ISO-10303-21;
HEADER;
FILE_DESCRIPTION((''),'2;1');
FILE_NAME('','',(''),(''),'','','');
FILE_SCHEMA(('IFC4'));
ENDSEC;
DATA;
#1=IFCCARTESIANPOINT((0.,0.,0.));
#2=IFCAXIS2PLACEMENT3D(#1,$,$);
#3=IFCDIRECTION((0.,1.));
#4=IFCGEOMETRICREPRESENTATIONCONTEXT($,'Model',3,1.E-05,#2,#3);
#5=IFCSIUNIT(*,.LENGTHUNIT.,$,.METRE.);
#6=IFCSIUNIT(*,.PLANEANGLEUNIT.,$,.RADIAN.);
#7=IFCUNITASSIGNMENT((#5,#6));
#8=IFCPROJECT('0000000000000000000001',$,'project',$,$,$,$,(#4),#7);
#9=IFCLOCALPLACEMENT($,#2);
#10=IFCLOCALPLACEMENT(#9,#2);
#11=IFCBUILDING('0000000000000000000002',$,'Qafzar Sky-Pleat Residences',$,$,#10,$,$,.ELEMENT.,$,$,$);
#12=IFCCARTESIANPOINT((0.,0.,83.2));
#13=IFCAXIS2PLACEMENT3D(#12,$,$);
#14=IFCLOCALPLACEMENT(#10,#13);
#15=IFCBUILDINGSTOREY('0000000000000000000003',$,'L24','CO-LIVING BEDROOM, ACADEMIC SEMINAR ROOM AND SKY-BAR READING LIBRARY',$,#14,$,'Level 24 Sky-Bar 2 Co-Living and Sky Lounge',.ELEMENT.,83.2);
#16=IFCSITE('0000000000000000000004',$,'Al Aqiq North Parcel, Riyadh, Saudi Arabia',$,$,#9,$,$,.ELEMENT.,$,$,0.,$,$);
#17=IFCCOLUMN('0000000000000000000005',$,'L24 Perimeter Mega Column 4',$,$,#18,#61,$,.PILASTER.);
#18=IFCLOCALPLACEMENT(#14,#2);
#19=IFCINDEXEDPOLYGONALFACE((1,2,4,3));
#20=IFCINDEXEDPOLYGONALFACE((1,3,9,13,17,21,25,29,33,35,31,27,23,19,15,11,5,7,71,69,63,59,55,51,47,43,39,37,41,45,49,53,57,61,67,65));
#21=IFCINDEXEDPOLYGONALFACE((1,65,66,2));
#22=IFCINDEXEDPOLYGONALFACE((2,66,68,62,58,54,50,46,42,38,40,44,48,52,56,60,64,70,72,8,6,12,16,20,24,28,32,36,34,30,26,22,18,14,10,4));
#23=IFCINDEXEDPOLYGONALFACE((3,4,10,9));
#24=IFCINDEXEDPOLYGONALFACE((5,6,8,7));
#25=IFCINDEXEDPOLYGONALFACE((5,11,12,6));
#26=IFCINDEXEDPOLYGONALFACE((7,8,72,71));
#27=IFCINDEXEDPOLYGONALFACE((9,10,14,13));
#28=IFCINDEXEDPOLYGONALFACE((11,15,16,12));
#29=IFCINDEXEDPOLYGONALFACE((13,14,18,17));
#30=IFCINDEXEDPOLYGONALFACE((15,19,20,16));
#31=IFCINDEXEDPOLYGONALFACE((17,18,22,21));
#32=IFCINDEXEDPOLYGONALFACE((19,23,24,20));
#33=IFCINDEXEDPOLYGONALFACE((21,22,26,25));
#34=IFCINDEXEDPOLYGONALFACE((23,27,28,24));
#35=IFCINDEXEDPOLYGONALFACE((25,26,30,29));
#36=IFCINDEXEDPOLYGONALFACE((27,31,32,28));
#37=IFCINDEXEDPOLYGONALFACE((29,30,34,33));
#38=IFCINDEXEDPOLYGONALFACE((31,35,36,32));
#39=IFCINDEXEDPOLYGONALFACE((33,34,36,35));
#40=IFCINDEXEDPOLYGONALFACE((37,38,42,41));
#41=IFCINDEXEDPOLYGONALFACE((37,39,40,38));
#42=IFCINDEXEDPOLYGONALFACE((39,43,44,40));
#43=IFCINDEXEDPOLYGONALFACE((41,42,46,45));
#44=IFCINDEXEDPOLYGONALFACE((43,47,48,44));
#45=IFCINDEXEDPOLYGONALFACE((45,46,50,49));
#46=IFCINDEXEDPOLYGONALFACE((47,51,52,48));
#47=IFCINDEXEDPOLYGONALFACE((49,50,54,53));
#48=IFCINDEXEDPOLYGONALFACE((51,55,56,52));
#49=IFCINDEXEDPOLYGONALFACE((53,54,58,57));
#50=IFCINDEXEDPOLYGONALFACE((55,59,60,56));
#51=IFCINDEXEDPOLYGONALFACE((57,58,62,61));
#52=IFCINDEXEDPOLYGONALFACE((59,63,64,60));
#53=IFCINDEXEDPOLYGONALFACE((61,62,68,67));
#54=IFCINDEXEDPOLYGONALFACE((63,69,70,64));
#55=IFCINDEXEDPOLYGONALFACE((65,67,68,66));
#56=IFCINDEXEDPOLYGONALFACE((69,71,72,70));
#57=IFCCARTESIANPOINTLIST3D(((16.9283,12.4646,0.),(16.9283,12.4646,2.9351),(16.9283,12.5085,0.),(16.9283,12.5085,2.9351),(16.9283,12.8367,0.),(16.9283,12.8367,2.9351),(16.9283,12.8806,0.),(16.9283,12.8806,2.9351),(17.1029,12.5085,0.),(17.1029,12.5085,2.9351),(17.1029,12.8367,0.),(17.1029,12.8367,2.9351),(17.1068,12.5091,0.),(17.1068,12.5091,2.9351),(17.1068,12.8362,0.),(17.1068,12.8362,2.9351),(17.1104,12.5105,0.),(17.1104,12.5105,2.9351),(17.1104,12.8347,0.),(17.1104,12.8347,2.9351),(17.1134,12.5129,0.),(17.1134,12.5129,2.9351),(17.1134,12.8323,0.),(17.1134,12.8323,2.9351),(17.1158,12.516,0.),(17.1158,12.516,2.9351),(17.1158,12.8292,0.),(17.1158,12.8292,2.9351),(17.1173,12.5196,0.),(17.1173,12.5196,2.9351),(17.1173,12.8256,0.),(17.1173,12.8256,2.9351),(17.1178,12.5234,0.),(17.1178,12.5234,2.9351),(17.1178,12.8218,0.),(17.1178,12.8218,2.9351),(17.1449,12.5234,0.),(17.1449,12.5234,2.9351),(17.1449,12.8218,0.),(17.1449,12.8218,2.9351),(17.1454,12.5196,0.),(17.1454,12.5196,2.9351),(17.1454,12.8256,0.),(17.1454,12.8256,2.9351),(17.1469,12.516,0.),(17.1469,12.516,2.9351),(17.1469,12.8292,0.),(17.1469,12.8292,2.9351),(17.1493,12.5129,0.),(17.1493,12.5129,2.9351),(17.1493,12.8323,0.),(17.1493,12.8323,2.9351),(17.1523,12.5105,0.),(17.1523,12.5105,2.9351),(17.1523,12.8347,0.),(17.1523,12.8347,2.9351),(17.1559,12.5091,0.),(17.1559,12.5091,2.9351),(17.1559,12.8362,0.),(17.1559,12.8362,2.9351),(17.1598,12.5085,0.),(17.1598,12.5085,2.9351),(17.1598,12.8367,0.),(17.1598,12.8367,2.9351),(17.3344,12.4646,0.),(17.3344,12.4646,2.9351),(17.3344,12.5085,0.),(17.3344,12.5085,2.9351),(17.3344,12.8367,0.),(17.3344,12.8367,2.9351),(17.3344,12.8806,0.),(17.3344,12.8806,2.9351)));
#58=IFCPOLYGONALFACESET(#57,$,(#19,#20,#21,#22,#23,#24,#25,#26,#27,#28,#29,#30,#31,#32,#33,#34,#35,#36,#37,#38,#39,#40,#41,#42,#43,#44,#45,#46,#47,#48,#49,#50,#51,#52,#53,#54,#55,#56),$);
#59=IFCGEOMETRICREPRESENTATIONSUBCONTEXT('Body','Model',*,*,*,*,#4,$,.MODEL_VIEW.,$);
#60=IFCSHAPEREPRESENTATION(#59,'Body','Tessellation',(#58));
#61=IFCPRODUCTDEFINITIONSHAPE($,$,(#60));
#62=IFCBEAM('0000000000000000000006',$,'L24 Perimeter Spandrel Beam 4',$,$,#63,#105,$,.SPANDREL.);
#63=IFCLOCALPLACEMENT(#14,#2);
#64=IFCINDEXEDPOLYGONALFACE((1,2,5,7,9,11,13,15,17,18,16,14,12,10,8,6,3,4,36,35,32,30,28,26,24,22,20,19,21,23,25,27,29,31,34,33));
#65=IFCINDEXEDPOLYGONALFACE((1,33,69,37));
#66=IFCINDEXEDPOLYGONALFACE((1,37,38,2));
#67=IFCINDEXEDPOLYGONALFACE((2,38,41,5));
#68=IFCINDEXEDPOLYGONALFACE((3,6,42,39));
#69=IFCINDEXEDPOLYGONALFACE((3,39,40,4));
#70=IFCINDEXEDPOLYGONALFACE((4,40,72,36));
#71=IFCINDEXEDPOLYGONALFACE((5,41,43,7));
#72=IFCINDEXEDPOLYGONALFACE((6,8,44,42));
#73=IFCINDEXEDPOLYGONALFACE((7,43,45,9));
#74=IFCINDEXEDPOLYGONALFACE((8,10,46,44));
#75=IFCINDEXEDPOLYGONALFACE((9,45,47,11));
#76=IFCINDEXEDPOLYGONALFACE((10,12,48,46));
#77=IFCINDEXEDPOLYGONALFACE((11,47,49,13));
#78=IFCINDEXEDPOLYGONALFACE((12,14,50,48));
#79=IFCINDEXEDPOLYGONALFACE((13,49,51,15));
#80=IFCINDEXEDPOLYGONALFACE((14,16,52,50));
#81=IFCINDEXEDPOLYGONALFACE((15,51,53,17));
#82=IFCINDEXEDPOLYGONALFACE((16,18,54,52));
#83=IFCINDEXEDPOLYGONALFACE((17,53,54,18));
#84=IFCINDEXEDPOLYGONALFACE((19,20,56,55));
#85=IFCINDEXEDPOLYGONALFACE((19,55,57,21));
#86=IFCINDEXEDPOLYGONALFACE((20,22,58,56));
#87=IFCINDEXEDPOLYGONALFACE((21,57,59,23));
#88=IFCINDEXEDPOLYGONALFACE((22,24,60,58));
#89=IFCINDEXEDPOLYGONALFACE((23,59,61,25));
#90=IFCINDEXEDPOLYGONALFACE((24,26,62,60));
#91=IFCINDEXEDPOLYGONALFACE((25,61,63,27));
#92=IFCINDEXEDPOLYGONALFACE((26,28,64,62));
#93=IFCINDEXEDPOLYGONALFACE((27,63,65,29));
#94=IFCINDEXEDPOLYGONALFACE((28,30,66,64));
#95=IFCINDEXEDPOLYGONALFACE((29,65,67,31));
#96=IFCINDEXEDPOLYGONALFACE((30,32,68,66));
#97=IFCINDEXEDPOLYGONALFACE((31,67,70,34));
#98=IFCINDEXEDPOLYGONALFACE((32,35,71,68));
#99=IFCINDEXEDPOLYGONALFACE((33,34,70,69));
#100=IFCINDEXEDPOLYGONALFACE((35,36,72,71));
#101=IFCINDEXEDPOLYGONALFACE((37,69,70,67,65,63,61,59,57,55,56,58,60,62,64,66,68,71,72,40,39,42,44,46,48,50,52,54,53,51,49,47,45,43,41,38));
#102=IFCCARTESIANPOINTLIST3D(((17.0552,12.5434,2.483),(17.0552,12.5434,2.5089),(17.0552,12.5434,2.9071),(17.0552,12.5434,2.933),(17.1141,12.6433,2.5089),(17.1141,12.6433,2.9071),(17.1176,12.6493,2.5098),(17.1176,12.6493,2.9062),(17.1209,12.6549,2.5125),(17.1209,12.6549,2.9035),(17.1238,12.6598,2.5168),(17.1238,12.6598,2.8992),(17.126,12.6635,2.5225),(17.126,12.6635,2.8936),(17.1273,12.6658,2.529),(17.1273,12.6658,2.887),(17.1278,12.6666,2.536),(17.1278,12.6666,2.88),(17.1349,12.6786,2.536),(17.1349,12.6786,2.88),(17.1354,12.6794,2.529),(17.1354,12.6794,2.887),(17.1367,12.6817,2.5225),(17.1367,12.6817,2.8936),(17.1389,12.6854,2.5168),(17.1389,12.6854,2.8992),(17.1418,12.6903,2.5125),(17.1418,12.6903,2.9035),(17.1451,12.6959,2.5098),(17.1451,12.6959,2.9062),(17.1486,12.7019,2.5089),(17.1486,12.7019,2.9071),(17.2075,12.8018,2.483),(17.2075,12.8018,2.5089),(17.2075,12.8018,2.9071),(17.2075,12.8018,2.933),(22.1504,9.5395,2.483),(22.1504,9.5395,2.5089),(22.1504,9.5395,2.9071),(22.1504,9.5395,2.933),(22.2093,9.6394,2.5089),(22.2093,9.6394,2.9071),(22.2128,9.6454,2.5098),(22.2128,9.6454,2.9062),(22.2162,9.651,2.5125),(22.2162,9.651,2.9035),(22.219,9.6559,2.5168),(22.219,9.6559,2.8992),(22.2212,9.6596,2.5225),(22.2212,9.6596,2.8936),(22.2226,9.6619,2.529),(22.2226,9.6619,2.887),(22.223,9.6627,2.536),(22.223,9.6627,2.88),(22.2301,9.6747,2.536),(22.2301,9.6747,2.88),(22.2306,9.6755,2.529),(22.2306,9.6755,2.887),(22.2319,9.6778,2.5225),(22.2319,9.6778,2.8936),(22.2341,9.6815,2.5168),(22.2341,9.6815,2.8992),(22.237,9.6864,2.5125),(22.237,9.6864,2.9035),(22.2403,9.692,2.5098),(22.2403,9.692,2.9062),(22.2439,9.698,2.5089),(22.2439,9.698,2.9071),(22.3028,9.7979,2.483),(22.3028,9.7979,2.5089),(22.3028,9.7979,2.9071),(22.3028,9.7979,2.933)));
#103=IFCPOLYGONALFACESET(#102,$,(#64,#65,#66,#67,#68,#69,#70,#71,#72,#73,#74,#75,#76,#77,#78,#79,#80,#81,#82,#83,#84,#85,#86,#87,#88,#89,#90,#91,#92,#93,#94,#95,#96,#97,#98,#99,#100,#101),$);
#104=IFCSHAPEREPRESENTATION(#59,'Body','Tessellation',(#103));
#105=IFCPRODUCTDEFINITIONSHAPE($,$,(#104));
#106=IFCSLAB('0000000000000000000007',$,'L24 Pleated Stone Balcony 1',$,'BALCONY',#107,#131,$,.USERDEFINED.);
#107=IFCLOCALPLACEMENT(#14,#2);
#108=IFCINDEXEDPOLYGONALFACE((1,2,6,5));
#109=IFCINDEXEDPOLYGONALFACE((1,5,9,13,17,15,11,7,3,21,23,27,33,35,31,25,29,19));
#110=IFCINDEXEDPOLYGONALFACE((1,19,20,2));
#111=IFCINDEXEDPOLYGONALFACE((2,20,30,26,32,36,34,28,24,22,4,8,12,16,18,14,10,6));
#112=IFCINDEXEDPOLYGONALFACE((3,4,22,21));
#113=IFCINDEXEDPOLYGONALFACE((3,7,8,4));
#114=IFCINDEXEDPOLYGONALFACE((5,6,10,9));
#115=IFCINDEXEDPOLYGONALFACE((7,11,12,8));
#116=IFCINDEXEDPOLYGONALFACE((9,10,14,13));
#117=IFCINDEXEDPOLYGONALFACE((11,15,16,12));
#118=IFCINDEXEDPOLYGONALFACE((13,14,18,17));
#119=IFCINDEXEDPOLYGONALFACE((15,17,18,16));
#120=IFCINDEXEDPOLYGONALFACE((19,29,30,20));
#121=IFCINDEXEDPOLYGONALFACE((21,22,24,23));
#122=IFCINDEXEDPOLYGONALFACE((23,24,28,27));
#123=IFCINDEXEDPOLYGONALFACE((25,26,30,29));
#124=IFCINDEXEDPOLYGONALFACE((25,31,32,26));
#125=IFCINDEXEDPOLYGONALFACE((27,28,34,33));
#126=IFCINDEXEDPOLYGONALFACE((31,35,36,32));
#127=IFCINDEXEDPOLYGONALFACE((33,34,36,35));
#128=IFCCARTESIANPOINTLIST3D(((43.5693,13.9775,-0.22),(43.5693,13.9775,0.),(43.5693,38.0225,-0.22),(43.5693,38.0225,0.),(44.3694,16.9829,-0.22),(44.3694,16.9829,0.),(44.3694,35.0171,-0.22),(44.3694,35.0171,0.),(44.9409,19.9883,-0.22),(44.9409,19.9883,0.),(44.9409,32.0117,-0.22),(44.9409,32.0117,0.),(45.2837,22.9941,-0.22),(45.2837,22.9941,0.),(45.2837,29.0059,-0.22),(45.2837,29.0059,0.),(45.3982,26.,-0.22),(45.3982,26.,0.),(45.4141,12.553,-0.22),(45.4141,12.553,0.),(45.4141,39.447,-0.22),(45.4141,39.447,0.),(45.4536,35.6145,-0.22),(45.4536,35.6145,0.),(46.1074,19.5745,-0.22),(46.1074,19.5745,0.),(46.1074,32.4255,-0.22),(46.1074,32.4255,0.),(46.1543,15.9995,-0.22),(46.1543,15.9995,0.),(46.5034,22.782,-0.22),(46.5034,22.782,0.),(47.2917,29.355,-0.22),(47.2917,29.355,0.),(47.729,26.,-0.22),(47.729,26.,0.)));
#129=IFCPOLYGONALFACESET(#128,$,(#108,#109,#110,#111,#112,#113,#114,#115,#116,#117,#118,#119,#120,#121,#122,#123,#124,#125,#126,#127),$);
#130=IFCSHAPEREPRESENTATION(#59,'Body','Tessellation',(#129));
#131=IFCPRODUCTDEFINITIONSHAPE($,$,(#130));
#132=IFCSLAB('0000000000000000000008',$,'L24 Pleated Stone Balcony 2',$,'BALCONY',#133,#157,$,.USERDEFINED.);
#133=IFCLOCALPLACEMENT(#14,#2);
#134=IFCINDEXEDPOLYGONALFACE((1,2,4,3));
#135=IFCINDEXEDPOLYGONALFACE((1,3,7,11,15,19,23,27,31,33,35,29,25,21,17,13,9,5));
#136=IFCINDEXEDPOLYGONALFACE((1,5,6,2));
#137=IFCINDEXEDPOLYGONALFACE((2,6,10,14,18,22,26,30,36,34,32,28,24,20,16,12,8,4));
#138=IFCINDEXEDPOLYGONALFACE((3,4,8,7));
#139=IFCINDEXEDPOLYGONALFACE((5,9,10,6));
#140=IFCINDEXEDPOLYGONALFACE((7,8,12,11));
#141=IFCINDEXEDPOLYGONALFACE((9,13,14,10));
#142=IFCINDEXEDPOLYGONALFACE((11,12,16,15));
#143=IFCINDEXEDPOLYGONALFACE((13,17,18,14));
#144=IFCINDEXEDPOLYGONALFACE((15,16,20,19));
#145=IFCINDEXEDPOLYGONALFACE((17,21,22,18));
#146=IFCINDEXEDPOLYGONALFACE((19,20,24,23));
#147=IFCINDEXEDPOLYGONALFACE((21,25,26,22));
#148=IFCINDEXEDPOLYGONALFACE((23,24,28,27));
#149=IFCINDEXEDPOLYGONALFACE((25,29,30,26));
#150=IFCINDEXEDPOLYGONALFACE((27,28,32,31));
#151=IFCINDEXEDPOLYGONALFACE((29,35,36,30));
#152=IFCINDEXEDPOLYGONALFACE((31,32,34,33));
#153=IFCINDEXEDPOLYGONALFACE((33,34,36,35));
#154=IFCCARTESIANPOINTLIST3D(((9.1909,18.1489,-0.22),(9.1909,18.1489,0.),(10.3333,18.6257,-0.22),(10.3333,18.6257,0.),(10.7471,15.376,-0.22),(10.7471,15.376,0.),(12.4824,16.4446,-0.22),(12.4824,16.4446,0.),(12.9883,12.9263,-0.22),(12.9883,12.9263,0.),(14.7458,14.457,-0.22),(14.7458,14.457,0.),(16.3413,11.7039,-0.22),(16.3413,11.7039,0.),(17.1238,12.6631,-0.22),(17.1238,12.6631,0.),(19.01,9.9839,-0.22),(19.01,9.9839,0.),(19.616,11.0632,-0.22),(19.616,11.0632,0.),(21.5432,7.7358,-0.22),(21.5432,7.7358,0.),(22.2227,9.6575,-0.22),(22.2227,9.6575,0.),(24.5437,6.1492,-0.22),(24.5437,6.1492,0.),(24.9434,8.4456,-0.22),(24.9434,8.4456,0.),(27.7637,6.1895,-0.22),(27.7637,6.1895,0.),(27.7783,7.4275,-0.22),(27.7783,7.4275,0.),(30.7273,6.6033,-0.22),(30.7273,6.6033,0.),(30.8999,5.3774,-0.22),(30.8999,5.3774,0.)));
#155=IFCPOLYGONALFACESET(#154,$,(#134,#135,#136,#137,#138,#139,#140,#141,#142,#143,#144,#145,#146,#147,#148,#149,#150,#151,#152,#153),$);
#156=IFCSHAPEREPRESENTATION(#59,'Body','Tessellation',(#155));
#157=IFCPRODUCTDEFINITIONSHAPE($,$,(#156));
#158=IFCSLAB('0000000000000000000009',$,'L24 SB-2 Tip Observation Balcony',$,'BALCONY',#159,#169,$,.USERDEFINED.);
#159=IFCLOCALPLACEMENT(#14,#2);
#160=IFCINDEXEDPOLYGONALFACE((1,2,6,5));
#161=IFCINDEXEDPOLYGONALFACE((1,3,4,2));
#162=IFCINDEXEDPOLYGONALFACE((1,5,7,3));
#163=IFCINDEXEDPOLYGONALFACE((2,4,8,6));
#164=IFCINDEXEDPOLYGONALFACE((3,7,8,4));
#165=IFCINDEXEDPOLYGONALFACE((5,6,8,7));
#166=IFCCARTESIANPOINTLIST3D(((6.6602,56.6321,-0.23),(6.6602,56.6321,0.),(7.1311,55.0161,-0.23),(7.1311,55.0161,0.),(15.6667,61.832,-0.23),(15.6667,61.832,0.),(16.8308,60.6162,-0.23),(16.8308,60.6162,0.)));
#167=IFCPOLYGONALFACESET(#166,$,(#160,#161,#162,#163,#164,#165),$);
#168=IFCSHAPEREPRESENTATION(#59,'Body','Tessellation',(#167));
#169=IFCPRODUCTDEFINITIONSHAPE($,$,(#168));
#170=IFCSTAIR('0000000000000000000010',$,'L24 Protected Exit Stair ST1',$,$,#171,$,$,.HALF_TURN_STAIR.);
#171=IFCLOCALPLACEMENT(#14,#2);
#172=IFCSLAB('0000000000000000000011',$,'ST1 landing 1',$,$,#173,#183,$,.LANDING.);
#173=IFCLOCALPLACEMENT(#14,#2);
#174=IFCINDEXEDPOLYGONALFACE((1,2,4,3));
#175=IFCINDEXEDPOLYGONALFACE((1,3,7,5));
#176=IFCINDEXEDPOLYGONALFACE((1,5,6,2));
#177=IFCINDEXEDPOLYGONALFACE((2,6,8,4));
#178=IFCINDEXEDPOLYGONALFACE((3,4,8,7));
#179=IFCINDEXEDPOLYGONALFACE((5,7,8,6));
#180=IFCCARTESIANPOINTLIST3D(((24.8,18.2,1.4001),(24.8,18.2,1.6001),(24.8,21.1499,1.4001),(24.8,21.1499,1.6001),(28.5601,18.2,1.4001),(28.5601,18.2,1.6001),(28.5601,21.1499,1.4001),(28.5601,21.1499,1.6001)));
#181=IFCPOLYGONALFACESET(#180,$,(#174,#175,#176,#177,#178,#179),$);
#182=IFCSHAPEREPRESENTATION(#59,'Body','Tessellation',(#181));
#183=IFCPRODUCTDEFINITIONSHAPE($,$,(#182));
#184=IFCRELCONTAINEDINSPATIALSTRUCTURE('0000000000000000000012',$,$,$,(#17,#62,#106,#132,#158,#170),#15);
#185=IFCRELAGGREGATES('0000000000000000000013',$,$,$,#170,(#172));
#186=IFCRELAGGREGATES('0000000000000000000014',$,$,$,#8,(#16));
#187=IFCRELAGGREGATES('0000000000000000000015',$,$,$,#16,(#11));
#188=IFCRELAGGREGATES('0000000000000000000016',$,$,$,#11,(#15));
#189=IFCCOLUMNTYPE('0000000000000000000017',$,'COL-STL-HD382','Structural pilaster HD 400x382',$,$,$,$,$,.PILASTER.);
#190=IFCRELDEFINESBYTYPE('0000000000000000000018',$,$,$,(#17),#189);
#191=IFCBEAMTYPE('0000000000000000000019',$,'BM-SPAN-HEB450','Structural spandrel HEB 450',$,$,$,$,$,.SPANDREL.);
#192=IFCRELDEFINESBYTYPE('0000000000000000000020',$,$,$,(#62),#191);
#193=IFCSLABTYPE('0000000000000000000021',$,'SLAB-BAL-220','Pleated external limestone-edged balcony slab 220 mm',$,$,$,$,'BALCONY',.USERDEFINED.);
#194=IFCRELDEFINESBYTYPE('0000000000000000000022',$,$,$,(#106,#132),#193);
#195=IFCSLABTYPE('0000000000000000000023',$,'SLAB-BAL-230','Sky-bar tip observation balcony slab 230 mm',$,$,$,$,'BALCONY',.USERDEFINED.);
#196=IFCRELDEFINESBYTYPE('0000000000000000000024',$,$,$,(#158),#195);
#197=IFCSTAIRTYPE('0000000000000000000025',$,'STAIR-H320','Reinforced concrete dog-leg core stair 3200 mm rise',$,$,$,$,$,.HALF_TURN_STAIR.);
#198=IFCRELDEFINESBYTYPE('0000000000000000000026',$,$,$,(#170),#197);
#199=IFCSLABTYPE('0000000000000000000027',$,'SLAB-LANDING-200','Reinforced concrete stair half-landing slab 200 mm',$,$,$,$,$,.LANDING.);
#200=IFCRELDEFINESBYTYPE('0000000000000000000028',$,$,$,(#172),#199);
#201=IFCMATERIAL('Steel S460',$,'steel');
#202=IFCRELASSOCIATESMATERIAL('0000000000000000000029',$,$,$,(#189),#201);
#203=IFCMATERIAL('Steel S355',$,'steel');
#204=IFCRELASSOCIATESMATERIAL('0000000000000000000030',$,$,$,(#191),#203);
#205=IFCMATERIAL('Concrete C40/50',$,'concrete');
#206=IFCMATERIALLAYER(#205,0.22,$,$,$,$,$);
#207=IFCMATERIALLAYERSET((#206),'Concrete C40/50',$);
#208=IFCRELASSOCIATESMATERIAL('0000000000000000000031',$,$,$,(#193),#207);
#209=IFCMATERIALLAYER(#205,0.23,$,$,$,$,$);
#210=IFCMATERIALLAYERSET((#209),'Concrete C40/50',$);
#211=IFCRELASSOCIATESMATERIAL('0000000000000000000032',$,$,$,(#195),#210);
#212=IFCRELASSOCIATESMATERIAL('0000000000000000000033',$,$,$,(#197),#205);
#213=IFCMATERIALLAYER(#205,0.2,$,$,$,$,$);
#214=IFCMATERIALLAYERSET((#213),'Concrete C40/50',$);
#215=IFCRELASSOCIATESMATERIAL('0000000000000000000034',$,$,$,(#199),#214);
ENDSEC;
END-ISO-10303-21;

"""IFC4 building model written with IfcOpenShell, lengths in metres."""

from ifc_helpers import new_model, si_unit, direction, frame, origin, origin_2d, place, context, subcontext, project, spatial, polyline, i_section, outline, extrude, source, transform, mapped, material, layer, layer_set, material_profile, profile_set, type_object, element, aggregate, save


model = new_model("IFC4")

# Units and contexts
model_context = context("Model", 3, precision=1e-05, world=origin(), true_north=direction((0.0, 1.0)))
body_context = subcontext(model_context, "Body", "Model", "MODEL_VIEW")
ifc_project = project(units=[si_unit("LENGTHUNIT", "METRE"), si_unit("PLANEANGLEUNIT", "RADIAN")], contexts=[model_context])

# Site, building, storey
site_placement = place(None, origin())
site = spatial("IfcSite", under=ifc_project, at=site_placement, Name="Al Aqiq North Parcel, Riyadh, Saudi Arabia", CompositionType="ELEMENT", RefElevation=0.0)
building_placement = place(site_placement, origin())
building = spatial("IfcBuilding", under=site, at=building_placement, Name="Qafzar Sky-Pleat Residences", CompositionType="ELEMENT")
storey_placement = place(building_placement, frame((0.0, 0.0, 83.2)))
storey = spatial("IfcBuildingStorey", under=building, at=storey_placement, Name="L24", Description="CO-LIVING BEDROOM, ACADEMIC SEMINAR ROOM AND SKY-BAR READING LIBRARY", LongName="Level 24 Sky-Bar 2 Co-Living and Sky Lounge", CompositionType="ELEMENT", Elevation=83.2)

# Column
ifc_material_1 = material(Name="Steel S460", Category="steel")
ifc_material_profile_1 = material_profile(ifc_material_1, i_section(OverallWidth=0.406, OverallDepth=0.416, WebThickness=0.0271, FlangeThickness=0.0439, FilletRadius=0.0149, at=origin_2d()), Name="HD 400x382")
ifc_profile_set_1 = profile_set([ifc_material_profile_1], Name="Steel S460")
column_type = type_object("IfcColumnType", Name="COL-STL-HD382", Description="Structural pilaster HD 400x382", PredefinedType="PILASTER", material=ifc_profile_set_1)
shared_shape_1 = source(origin(), body_context, "Body", "SweptSolid", [
    extrude(i_section(OverallWidth=0.406, OverallDepth=0.416, WebThickness=0.0271, FlangeThickness=0.0439, FilletRadius=0.0149, at=origin_2d()), origin(), (0.0, 0.0, 1.0), 2.9351),
])
column_placement = place(storey_placement, frame((17.1313, 12.6726, 0.0), z_axis=(0.0, 0.0, 1.0), x_axis=(1.0, 0.0, 0.0)))
element("IfcColumn", 1, at=column_placement, inside=storey, type_object=column_type, Name="L24 Perimeter Mega Column 4", PredefinedType="PILASTER", context=body_context, shape_type="MappedRepresentation", body=[
    mapped(shared_shape_1, transform((0.0, 0.0, 0.0), x_axis=(1.0, 0.0, 0.0), y_axis=(0.0, 1.0, 0.0), z_axis=(0.0, 0.0, 1.0), scale=1.0)),
])

# Beam
ifc_material_2 = material(Name="Steel S355", Category="steel")
ifc_material_profile_2 = material_profile(ifc_material_2, i_section(OverallWidth=0.3, OverallDepth=0.45, WebThickness=0.0139, FlangeThickness=0.0259, FilletRadius=0.0271, at=origin_2d()), Name="HEB 450")
ifc_profile_set_2 = profile_set([ifc_material_profile_2], Name="Steel S355")
beam_type = type_object("IfcBeamType", Name="BM-SPAN-HEB450", Description="Structural spandrel HEB 450", PredefinedType="SPANDREL", material=ifc_profile_set_2)
shared_shape_2 = source(origin(), body_context, "Body", "SweptSolid", [
    extrude(i_section(OverallWidth=0.3, OverallDepth=0.45, WebThickness=0.0139, FlangeThickness=0.0259, FilletRadius=0.0271, at=origin_2d()), origin(), (0.0, 0.0, 1.0), 5.9148),
])
beam_placement = place(storey_placement, frame((17.1313, 12.6726, 2.708), z_axis=(0.861437, -0.507864, 0.0), x_axis=(0.507864, 0.861437, 0.0)))
element("IfcBeam", 2, at=beam_placement, inside=storey, type_object=beam_type, Name="L24 Perimeter Spandrel Beam 4", PredefinedType="SPANDREL", context=body_context, shape_type="MappedRepresentation", body=[
    mapped(shared_shape_2, transform((0.0, 0.0, 0.0), x_axis=(1.0, 0.0, 0.0), y_axis=(0.0, 1.0, 0.0), z_axis=(0.0, 0.0, 1.0), scale=1.0)),
])

# Slabs
ifc_material_3 = material(Name="Concrete C40/50", Category="concrete")
ifc_layer_1 = layer(ifc_material_3, 0.22)
ifc_layer_set_1 = layer_set([ifc_layer_1], Name="Concrete C40/50")
slab_type_1 = type_object("IfcSlabType", Name="SLAB-BAL-220", Description="Pleated external limestone-edged balcony slab 220 mm", ElementType="BALCONY", PredefinedType="USERDEFINED", material=ifc_layer_set_1)
slab_1_placement = place(storey_placement, frame((0.0, 0.0, -0.22)))
element("IfcSlab", 3, at=slab_1_placement, inside=storey, type_object=slab_type_1, Name="L24 Pleated Stone Balcony 1", ObjectType="BALCONY", PredefinedType="USERDEFINED", context=body_context, shape_type="SweptSolid", body=[
    extrude(outline(polyline([(44.3694, 16.9829), (44.9409, 19.9883), (45.2837, 22.9941), (45.3982, 26.0), (45.2837, 29.0059), (44.9409, 32.0117), (44.3694, 35.0171), (43.5693, 38.0225), (45.4141, 39.447), (45.4536, 35.6145), (46.1074, 32.4255), (47.2917, 29.355), (47.729, 26.0), (46.5034, 22.782), (46.1074, 19.5745), (46.1543, 15.9995), (45.4141, 12.553), (43.5693, 13.9775), (44.3694, 16.9829)])), origin(), (0.0, 0.0, 1.0), 0.22),
])
slab_2_placement = place(storey_placement, frame((0.0, 0.0, -0.22)))
element("IfcSlab", 4, at=slab_2_placement, inside=storey, type_object=slab_type_1, Name="L24 Pleated Stone Balcony 2", ObjectType="BALCONY", PredefinedType="USERDEFINED", context=body_context, shape_type="SweptSolid", body=[
    extrude(outline(polyline([(12.4824, 16.4446), (14.7458, 14.457), (17.1238, 12.6631), (19.616, 11.0632), (22.2227, 9.6575), (24.9434, 8.4456), (27.7783, 7.4275), (30.7273, 6.6033), (30.8999, 5.3774), (27.7637, 6.1895), (24.5437, 6.1492), (21.5432, 7.7358), (19.01, 9.9839), (16.3413, 11.7039), (12.9883, 12.9263), (10.7471, 15.376), (9.1909, 18.1489), (10.3333, 18.6257), (12.4824, 16.4446)])), origin(), (0.0, 0.0, 1.0), 0.22),
])
ifc_layer_2 = layer(ifc_material_3, 0.23)
ifc_layer_set_2 = layer_set([ifc_layer_2], Name="Concrete C40/50")
slab_type_2 = type_object("IfcSlabType", Name="SLAB-BAL-230", Description="Sky-bar tip observation balcony slab 230 mm", ElementType="BALCONY", PredefinedType="USERDEFINED", material=ifc_layer_set_2)
slab_3_placement = place(storey_placement, frame((0.0, 0.0, -0.23)))
element("IfcSlab", 5, at=slab_3_placement, inside=storey, type_object=slab_type_2, Name="L24 SB-2 Tip Observation Balcony", ObjectType="BALCONY", PredefinedType="USERDEFINED", context=body_context, shape_type="SweptSolid", body=[
    extrude(outline(polyline([(16.8308, 60.6162), (15.6667, 61.832), (6.6602, 56.6321), (7.1311, 55.0161), (16.8308, 60.6162)])), origin(), (0.0, 0.0, 1.0), 0.23),
])

# Stair, slab
stair_type = type_object("IfcStairType", Name="STAIR-H320", Description="Reinforced concrete dog-leg core stair 3200 mm rise", PredefinedType="HALF_TURN_STAIR", material=ifc_material_3)
stair_1_placement = place(storey_placement, origin())
stair_1 = element("IfcStair", 6, at=stair_1_placement, inside=storey, type_object=stair_type, Name="L24 Protected Exit Stair ST1", PredefinedType="HALF_TURN_STAIR")
ifc_layer_3 = layer(ifc_material_3, 0.2)
ifc_layer_set_3 = layer_set([ifc_layer_3], Name="Concrete C40/50")
slab_type_3 = type_object("IfcSlabType", Name="SLAB-LANDING-200", Description="Reinforced concrete stair half-landing slab 200 mm", PredefinedType="LANDING", material=ifc_layer_set_3)
slab_4_placement = place(storey_placement, frame((0.0, 0.0, 1.4001)))
slab_4 = element("IfcSlab", 7, at=slab_4_placement, type_object=slab_type_3, Name="ST1 landing 1", PredefinedType="LANDING", context=body_context, shape_type="SweptSolid", body=[
    extrude(outline(polyline([(28.5601, 21.1499), (24.8, 21.1499), (24.8, 18.2), (28.5601, 18.2), (28.5601, 21.1499)])), origin(), (0.0, 0.0, 1.0), 0.2),
])
aggregate(stair_1, [slab_4])

save(model, "model.ifc")
